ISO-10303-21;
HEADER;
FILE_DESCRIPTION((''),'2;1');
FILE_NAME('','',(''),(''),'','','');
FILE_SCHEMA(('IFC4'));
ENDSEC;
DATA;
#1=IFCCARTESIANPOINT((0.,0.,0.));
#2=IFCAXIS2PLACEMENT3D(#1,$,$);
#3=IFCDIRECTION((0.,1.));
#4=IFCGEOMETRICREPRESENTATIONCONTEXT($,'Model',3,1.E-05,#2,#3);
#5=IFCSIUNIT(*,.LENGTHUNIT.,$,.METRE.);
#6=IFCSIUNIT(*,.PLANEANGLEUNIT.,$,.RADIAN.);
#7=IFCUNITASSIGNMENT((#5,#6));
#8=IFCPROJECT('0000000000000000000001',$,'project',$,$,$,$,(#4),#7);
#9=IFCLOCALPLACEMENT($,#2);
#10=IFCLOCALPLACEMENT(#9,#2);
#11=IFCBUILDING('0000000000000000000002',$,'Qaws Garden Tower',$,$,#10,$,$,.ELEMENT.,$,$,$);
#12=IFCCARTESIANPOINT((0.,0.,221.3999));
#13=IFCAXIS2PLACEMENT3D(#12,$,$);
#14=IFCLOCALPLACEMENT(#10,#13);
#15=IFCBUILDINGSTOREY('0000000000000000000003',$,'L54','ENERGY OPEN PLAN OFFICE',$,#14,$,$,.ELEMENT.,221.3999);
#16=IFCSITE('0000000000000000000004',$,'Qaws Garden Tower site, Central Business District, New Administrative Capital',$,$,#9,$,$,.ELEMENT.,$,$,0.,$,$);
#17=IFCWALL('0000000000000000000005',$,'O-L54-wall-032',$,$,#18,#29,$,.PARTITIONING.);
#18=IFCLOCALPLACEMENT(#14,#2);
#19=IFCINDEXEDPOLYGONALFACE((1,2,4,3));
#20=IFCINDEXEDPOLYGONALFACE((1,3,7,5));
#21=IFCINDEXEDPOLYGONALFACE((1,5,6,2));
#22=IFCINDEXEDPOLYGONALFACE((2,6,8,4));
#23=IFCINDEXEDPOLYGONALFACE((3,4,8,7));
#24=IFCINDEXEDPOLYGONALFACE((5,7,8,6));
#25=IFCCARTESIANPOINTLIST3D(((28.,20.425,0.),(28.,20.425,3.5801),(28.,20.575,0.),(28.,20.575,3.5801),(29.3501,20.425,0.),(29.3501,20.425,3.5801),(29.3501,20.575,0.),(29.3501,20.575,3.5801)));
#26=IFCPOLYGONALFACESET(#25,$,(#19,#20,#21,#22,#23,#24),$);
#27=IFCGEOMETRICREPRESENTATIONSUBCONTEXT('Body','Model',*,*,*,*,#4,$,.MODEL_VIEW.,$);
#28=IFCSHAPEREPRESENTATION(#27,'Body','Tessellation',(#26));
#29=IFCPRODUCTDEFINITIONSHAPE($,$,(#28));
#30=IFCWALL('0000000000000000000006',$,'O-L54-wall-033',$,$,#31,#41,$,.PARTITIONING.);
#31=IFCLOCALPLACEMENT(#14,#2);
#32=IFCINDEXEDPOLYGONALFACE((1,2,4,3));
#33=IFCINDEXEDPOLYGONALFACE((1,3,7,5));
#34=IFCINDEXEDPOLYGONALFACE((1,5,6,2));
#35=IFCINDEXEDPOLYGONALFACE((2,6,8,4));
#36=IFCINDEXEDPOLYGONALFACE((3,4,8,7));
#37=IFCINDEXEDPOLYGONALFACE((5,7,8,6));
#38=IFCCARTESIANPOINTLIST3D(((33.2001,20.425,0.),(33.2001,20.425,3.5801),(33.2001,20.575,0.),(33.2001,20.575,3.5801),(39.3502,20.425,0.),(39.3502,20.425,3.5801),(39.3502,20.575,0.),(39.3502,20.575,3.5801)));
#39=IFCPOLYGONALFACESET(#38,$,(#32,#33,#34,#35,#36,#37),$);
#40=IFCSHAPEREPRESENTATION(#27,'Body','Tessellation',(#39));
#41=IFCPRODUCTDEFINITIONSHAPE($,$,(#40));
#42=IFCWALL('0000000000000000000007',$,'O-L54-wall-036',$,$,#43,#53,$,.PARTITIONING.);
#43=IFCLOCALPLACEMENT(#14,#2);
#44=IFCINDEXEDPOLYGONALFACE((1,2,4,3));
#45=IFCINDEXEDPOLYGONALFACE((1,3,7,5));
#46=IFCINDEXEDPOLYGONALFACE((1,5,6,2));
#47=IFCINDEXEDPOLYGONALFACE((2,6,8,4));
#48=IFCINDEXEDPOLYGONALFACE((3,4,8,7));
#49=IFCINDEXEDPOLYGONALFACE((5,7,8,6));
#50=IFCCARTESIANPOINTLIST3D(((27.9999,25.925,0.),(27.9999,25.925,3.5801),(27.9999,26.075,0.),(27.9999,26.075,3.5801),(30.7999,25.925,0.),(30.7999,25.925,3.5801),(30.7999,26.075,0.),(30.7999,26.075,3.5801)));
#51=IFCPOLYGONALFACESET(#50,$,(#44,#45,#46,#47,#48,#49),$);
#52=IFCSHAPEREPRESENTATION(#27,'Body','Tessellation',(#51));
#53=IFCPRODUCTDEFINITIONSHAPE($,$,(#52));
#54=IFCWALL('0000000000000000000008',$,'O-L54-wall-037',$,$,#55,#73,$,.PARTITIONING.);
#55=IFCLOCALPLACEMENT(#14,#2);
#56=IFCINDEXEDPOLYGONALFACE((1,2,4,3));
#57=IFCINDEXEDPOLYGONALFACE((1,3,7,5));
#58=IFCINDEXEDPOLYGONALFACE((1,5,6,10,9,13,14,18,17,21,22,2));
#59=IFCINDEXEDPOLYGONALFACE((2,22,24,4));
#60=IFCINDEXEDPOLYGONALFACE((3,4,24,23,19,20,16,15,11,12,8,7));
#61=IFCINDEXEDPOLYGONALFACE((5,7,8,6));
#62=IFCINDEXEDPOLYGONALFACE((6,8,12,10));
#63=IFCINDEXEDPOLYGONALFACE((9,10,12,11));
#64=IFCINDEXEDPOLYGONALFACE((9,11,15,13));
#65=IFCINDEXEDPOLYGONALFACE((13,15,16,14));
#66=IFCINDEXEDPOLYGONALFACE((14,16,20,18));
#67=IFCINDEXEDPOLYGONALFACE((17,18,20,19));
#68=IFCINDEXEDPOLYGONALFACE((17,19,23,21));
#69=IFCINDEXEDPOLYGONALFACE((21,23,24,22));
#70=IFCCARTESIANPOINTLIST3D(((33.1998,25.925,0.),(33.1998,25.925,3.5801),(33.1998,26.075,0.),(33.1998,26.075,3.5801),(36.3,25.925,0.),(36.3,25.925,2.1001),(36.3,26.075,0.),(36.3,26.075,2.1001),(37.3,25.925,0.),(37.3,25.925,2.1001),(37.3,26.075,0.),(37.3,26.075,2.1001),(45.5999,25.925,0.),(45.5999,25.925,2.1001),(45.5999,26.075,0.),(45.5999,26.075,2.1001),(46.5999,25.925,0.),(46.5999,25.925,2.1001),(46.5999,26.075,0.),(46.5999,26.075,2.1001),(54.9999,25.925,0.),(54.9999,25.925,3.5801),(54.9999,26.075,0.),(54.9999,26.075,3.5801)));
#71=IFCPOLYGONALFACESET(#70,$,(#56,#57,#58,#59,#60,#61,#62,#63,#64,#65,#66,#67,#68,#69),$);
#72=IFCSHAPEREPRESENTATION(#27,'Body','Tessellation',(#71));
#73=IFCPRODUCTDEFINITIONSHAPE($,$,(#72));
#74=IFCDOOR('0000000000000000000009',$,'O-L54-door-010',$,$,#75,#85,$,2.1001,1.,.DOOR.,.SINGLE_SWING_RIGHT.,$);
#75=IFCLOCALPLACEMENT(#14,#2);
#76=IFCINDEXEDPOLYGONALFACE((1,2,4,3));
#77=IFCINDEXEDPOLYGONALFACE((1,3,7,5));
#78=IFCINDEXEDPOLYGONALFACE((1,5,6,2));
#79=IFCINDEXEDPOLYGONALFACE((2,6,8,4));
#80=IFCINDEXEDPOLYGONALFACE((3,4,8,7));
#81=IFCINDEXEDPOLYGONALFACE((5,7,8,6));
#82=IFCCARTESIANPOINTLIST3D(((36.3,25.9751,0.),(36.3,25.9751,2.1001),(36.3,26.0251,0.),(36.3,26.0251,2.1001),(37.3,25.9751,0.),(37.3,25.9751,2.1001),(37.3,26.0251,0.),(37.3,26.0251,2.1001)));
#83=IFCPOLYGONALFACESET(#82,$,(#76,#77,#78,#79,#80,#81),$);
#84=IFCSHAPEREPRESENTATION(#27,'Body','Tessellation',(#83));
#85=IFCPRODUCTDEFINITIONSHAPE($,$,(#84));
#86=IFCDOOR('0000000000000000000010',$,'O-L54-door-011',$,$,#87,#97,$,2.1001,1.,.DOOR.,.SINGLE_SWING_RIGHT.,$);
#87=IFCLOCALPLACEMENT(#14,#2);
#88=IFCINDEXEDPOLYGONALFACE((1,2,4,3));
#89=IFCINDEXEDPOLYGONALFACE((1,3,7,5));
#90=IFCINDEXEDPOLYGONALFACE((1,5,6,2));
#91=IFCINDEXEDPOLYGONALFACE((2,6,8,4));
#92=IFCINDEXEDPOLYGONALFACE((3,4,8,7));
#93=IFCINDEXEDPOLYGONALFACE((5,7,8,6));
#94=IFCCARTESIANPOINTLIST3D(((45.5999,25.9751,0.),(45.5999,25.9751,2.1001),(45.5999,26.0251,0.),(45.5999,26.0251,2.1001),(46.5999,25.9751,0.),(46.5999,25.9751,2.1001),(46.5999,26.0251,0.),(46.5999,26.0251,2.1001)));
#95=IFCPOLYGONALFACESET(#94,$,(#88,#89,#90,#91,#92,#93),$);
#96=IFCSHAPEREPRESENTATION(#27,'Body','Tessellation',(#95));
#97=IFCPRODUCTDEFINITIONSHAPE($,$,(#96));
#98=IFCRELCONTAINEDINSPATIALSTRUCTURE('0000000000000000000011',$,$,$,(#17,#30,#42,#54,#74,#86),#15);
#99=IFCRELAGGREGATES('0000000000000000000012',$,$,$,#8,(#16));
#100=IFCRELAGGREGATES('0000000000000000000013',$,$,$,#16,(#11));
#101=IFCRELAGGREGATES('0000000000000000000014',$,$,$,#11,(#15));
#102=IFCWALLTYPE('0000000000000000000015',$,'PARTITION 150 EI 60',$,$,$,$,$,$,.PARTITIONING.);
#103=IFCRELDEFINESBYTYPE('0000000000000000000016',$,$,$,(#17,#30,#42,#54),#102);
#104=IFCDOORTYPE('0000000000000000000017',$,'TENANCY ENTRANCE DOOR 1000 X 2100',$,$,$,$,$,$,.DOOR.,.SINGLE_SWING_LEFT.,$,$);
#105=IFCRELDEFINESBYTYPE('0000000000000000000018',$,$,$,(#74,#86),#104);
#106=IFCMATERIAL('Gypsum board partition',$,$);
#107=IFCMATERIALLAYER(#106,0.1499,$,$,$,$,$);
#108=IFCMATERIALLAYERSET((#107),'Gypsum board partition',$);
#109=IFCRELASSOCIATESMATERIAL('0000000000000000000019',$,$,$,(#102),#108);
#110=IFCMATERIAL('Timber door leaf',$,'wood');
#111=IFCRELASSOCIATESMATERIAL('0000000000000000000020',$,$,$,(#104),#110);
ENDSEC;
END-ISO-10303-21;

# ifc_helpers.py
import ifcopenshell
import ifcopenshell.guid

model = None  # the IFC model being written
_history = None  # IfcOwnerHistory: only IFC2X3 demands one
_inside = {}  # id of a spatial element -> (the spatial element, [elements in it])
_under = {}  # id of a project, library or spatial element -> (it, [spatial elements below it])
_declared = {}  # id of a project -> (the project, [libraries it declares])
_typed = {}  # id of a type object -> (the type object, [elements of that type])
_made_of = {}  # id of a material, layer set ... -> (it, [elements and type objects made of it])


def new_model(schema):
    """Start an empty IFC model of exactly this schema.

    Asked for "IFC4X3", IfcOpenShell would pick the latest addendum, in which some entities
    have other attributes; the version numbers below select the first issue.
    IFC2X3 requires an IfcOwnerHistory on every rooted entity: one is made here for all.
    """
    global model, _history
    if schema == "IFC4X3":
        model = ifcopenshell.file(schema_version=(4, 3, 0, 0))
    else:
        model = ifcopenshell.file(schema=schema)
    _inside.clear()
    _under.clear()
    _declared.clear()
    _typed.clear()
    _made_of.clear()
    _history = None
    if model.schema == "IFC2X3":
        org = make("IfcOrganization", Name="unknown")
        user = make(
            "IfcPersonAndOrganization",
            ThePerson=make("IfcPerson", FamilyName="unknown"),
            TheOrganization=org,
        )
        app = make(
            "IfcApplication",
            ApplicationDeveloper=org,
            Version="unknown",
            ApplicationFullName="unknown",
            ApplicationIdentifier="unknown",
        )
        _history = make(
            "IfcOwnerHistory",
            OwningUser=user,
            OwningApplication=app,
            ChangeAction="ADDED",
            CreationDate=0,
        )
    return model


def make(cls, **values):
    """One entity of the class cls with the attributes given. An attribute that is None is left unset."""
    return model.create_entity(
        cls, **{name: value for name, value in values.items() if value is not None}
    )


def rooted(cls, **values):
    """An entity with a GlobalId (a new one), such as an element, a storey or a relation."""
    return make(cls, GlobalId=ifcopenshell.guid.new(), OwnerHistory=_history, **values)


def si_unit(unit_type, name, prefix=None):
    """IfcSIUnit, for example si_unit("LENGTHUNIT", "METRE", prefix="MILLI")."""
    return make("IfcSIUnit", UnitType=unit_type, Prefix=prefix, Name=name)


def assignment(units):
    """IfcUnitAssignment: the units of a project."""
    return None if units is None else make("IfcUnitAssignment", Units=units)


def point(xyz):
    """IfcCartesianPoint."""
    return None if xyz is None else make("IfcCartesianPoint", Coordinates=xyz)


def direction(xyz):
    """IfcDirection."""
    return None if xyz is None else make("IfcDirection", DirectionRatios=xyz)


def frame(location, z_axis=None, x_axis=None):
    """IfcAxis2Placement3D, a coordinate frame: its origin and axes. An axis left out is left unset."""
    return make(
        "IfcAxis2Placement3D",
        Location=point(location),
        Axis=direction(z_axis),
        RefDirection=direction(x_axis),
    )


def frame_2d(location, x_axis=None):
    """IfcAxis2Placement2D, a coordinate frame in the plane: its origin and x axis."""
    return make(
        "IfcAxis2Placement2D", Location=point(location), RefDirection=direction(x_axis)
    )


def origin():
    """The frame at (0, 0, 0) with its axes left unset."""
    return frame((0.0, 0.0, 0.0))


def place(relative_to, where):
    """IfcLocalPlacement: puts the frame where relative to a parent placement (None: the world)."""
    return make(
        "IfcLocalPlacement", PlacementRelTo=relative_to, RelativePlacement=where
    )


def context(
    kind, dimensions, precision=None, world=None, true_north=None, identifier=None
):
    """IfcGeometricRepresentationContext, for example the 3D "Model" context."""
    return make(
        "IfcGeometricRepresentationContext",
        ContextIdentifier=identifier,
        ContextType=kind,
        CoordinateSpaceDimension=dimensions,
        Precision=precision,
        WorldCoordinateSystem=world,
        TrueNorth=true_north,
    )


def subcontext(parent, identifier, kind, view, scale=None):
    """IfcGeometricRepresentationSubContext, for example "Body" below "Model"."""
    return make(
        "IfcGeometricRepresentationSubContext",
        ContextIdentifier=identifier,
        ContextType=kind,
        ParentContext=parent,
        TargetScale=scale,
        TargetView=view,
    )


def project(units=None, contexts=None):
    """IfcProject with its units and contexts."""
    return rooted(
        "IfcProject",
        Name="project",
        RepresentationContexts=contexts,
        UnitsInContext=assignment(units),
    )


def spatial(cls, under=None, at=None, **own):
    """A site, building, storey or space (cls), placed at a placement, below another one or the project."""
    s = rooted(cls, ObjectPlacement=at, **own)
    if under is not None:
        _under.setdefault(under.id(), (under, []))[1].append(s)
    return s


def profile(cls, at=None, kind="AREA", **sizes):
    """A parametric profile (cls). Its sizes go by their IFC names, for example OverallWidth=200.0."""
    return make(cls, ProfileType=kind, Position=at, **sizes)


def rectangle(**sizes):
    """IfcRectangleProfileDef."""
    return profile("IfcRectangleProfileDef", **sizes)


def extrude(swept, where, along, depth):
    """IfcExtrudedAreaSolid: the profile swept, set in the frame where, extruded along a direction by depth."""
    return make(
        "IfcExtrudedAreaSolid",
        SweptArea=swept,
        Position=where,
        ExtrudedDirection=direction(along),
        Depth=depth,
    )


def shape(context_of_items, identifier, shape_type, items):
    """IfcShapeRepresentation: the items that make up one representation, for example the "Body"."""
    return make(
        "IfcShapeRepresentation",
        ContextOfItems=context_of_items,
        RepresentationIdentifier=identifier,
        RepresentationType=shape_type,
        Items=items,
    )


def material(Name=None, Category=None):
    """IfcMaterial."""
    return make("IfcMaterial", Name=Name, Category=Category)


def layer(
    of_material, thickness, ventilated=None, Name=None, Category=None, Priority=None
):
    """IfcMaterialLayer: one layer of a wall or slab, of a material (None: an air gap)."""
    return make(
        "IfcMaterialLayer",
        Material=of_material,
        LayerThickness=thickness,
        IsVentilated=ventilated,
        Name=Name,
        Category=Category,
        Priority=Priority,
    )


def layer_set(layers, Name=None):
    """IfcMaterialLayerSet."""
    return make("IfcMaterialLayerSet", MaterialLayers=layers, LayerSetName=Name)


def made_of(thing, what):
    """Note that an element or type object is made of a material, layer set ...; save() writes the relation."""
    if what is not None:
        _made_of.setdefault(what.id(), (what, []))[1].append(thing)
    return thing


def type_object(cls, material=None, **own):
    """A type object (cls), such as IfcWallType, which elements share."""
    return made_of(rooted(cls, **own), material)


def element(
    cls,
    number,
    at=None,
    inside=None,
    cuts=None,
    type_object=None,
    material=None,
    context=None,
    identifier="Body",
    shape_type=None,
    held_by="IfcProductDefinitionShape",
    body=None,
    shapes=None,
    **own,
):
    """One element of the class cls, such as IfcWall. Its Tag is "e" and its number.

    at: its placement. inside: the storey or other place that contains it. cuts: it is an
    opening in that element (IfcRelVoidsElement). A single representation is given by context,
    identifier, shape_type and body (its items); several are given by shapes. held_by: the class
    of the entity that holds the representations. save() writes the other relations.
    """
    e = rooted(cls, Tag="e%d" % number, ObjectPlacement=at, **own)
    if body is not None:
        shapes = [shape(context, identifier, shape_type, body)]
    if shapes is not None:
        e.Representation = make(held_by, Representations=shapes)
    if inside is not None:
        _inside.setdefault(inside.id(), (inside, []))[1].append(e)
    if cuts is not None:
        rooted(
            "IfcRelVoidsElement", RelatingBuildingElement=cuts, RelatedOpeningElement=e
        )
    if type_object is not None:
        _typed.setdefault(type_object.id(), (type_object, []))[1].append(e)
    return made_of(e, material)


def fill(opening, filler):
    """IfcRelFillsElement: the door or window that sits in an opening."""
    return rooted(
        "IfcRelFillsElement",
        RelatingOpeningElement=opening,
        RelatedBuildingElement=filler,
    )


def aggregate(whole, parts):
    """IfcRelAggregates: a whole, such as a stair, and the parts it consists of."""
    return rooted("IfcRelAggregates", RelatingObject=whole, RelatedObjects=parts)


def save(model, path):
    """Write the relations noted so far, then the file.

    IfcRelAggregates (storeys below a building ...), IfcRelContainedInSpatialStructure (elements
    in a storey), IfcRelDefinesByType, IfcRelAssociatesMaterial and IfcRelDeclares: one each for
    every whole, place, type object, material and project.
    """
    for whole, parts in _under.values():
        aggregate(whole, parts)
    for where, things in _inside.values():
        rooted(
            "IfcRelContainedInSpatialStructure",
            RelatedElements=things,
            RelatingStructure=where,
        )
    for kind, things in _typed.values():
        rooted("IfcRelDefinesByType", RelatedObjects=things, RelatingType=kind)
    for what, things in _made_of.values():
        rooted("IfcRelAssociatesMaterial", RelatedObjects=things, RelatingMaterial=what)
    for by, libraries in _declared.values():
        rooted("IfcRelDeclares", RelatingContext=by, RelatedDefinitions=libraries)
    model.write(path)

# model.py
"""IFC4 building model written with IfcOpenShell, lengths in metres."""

from ifc_helpers import new_model, si_unit, direction, frame, frame_2d, origin, place, context, subcontext, project, spatial, rectangle, extrude, material, layer, layer_set, type_object, element, fill, save


model = new_model("IFC4")

# Units and contexts
model_context = context("Model", 3, precision=1e-05, world=origin(), true_north=direction((0.0, 1.0)))
body_context = subcontext(model_context, "Body", "Model", "MODEL_VIEW")
ifc_project = project(units=[si_unit("LENGTHUNIT", "METRE"), si_unit("PLANEANGLEUNIT", "RADIAN")], contexts=[model_context])

# Site, building, storey
site_placement = place(None, origin())
site = spatial("IfcSite", under=ifc_project, at=site_placement, Name="Qaws Garden Tower site, Central Business District, New Administrative Capital", CompositionType="ELEMENT", RefElevation=0.0)
building_placement = place(site_placement, origin())
building = spatial("IfcBuilding", under=site, at=building_placement, Name="Qaws Garden Tower", CompositionType="ELEMENT")
storey_placement = place(building_placement, frame((0.0, 0.0, 221.3999)))
storey = spatial("IfcBuildingStorey", under=building, at=storey_placement, Name="L54", Description="ENERGY OPEN PLAN OFFICE", CompositionType="ELEMENT", Elevation=221.3999)

# Shared definitions
ifc_material_1 = material(Name="Gypsum board partition")
ifc_layer_1 = layer(ifc_material_1, 0.1499)
ifc_layer_set_1 = layer_set([ifc_layer_1], Name="Gypsum board partition")
wall_type_1 = type_object("IfcWallType", Name="PARTITION 150 EI 60", PredefinedType="PARTITIONING", material=ifc_layer_set_1)

# Walls
wall_1_placement = place(storey_placement, frame((28.0, 20.5, 0.0), z_axis=(0.0, 0.0, 1.0), x_axis=(1.0, 0.0, 0.0)))
element("IfcWall", 1, at=wall_1_placement, inside=storey, type_object=wall_type_1, Name="O-L54-wall-032", PredefinedType="PARTITIONING", context=body_context, shape_type="SweptSolid", body=[
    extrude(rectangle(XDim=1.3501, YDim=0.1499, at=frame_2d((0.675, 0.0))), origin(), (0.0, 0.0, 1.0), 3.5801),
])
wall_2_placement = place(storey_placement, frame((33.2, 20.5, 0.0), z_axis=(0.0, 0.0, 1.0), x_axis=(1.0, 0.0, 0.0)))
element("IfcWall", 2, at=wall_2_placement, inside=storey, type_object=wall_type_1, Name="O-L54-wall-033", PredefinedType="PARTITIONING", context=body_context, shape_type="SweptSolid", body=[
    extrude(rectangle(XDim=6.1501, YDim=0.1499, at=frame_2d((3.0752, 0.0))), origin(), (0.0, 0.0, 1.0), 3.5801),
])
wall_3_placement = place(storey_placement, frame((28.0, 26.0, 0.0), z_axis=(0.0, 0.0, 1.0), x_axis=(1.0, 0.0, 0.0)))
element("IfcWall", 3, at=wall_3_placement, inside=storey, type_object=wall_type_1, Name="O-L54-wall-036", PredefinedType="PARTITIONING", context=body_context, shape_type="SweptSolid", body=[
    extrude(rectangle(XDim=2.8, YDim=0.1499, at=frame_2d((1.3999, 0.0))), origin(), (0.0, 0.0, 1.0), 3.5801),
])

# Wall, openings, doors
wall_4_placement = place(storey_placement, frame((33.2, 26.0, 0.0), z_axis=(0.0, 0.0, 1.0), x_axis=(1.0, 0.0, 0.0)))
wall_4 = element("IfcWall", 4, at=wall_4_placement, inside=storey, type_object=wall_type_1, Name="O-L54-wall-037", PredefinedType="PARTITIONING", context=body_context, shape_type="SweptSolid", body=[
    extrude(rectangle(XDim=21.8, YDim=0.1499, at=frame_2d((10.8999, 0.0))), origin(), (0.0, 0.0, 1.0), 3.5801),
])
opening_1_placement = place(wall_4_placement, frame((3.1001, 0.0, 0.0)))
opening_1 = element("IfcOpeningElement", 5, at=opening_1_placement, cuts=wall_4, PredefinedType="OPENING", context=body_context, shape_type="SweptSolid", body=[
    extrude(rectangle(XDim=1.0, YDim=2.1001, at=frame_2d((0.5, 1.05))), frame((0.0, 0.085, 0.0), z_axis=(0.0, -1.0, 0.0), x_axis=(1.0, 0.0, 0.0)), (0.0, 0.0, 1.0), 0.1699),
])
opening_2_placement = place(wall_4_placement, frame((12.3999, 0.0, 0.0)))
opening_2 = element("IfcOpeningElement", 6, at=opening_2_placement, cuts=wall_4, PredefinedType="OPENING", context=body_context, shape_type="SweptSolid", body=[
    extrude(rectangle(XDim=1.0, YDim=2.1001, at=frame_2d((0.5, 1.05))), frame((0.0, 0.085, 0.0), z_axis=(0.0, -1.0, 0.0), x_axis=(1.0, 0.0, 0.0)), (0.0, 0.0, 1.0), 0.1699),
])
ifc_material_2 = material(Name="Timber door leaf", Category="wood")
door_type_1 = type_object("IfcDoorType", Name="TENANCY ENTRANCE DOOR 1000 X 2100", OperationType="SINGLE_SWING_LEFT", PredefinedType="DOOR", material=ifc_material_2)
door_1_placement = place(opening_1_placement, frame((1.0, 0.0, 0.0), z_axis=(0.0, 0.0, 1.0), x_axis=(-1.0, 0.0, 0.0)))
door_1 = element("IfcDoor", 7, at=door_1_placement, inside=storey, type_object=door_type_1, Name="O-L54-door-010", OperationType="SINGLE_SWING_RIGHT", OverallHeight=2.1001, OverallWidth=1.0, PredefinedType="DOOR", context=body_context, shape_type="SweptSolid", body=[
    extrude(rectangle(XDim=1.0, YDim=2.1001, at=frame_2d((0.5, 1.05))), frame((0.0, 0.0249, 0.0), z_axis=(0.0, -1.0, 0.0), x_axis=(1.0, 0.0, 0.0)), (0.0, 0.0, 1.0), 0.05),
])
fill(opening_1, door_1)
door_2_placement = place(opening_2_placement, frame((1.0, 0.0, 0.0), z_axis=(0.0, 0.0, 1.0), x_axis=(-1.0, 0.0, 0.0)))
door_2 = element("IfcDoor", 8, at=door_2_placement, inside=storey, type_object=door_type_1, Name="O-L54-door-011", OperationType="SINGLE_SWING_RIGHT", OverallHeight=2.1001, OverallWidth=1.0, PredefinedType="DOOR", context=body_context, shape_type="SweptSolid", body=[
    extrude(rectangle(XDim=1.0, YDim=2.1001, at=frame_2d((0.5, 1.05))), frame((0.0, 0.0249, 0.0), z_axis=(0.0, -1.0, 0.0), x_axis=(1.0, 0.0, 0.0)), (0.0, 0.0, 1.0), 0.05),
])
fill(opening_2, door_2)

save(model, "model.ifc")
